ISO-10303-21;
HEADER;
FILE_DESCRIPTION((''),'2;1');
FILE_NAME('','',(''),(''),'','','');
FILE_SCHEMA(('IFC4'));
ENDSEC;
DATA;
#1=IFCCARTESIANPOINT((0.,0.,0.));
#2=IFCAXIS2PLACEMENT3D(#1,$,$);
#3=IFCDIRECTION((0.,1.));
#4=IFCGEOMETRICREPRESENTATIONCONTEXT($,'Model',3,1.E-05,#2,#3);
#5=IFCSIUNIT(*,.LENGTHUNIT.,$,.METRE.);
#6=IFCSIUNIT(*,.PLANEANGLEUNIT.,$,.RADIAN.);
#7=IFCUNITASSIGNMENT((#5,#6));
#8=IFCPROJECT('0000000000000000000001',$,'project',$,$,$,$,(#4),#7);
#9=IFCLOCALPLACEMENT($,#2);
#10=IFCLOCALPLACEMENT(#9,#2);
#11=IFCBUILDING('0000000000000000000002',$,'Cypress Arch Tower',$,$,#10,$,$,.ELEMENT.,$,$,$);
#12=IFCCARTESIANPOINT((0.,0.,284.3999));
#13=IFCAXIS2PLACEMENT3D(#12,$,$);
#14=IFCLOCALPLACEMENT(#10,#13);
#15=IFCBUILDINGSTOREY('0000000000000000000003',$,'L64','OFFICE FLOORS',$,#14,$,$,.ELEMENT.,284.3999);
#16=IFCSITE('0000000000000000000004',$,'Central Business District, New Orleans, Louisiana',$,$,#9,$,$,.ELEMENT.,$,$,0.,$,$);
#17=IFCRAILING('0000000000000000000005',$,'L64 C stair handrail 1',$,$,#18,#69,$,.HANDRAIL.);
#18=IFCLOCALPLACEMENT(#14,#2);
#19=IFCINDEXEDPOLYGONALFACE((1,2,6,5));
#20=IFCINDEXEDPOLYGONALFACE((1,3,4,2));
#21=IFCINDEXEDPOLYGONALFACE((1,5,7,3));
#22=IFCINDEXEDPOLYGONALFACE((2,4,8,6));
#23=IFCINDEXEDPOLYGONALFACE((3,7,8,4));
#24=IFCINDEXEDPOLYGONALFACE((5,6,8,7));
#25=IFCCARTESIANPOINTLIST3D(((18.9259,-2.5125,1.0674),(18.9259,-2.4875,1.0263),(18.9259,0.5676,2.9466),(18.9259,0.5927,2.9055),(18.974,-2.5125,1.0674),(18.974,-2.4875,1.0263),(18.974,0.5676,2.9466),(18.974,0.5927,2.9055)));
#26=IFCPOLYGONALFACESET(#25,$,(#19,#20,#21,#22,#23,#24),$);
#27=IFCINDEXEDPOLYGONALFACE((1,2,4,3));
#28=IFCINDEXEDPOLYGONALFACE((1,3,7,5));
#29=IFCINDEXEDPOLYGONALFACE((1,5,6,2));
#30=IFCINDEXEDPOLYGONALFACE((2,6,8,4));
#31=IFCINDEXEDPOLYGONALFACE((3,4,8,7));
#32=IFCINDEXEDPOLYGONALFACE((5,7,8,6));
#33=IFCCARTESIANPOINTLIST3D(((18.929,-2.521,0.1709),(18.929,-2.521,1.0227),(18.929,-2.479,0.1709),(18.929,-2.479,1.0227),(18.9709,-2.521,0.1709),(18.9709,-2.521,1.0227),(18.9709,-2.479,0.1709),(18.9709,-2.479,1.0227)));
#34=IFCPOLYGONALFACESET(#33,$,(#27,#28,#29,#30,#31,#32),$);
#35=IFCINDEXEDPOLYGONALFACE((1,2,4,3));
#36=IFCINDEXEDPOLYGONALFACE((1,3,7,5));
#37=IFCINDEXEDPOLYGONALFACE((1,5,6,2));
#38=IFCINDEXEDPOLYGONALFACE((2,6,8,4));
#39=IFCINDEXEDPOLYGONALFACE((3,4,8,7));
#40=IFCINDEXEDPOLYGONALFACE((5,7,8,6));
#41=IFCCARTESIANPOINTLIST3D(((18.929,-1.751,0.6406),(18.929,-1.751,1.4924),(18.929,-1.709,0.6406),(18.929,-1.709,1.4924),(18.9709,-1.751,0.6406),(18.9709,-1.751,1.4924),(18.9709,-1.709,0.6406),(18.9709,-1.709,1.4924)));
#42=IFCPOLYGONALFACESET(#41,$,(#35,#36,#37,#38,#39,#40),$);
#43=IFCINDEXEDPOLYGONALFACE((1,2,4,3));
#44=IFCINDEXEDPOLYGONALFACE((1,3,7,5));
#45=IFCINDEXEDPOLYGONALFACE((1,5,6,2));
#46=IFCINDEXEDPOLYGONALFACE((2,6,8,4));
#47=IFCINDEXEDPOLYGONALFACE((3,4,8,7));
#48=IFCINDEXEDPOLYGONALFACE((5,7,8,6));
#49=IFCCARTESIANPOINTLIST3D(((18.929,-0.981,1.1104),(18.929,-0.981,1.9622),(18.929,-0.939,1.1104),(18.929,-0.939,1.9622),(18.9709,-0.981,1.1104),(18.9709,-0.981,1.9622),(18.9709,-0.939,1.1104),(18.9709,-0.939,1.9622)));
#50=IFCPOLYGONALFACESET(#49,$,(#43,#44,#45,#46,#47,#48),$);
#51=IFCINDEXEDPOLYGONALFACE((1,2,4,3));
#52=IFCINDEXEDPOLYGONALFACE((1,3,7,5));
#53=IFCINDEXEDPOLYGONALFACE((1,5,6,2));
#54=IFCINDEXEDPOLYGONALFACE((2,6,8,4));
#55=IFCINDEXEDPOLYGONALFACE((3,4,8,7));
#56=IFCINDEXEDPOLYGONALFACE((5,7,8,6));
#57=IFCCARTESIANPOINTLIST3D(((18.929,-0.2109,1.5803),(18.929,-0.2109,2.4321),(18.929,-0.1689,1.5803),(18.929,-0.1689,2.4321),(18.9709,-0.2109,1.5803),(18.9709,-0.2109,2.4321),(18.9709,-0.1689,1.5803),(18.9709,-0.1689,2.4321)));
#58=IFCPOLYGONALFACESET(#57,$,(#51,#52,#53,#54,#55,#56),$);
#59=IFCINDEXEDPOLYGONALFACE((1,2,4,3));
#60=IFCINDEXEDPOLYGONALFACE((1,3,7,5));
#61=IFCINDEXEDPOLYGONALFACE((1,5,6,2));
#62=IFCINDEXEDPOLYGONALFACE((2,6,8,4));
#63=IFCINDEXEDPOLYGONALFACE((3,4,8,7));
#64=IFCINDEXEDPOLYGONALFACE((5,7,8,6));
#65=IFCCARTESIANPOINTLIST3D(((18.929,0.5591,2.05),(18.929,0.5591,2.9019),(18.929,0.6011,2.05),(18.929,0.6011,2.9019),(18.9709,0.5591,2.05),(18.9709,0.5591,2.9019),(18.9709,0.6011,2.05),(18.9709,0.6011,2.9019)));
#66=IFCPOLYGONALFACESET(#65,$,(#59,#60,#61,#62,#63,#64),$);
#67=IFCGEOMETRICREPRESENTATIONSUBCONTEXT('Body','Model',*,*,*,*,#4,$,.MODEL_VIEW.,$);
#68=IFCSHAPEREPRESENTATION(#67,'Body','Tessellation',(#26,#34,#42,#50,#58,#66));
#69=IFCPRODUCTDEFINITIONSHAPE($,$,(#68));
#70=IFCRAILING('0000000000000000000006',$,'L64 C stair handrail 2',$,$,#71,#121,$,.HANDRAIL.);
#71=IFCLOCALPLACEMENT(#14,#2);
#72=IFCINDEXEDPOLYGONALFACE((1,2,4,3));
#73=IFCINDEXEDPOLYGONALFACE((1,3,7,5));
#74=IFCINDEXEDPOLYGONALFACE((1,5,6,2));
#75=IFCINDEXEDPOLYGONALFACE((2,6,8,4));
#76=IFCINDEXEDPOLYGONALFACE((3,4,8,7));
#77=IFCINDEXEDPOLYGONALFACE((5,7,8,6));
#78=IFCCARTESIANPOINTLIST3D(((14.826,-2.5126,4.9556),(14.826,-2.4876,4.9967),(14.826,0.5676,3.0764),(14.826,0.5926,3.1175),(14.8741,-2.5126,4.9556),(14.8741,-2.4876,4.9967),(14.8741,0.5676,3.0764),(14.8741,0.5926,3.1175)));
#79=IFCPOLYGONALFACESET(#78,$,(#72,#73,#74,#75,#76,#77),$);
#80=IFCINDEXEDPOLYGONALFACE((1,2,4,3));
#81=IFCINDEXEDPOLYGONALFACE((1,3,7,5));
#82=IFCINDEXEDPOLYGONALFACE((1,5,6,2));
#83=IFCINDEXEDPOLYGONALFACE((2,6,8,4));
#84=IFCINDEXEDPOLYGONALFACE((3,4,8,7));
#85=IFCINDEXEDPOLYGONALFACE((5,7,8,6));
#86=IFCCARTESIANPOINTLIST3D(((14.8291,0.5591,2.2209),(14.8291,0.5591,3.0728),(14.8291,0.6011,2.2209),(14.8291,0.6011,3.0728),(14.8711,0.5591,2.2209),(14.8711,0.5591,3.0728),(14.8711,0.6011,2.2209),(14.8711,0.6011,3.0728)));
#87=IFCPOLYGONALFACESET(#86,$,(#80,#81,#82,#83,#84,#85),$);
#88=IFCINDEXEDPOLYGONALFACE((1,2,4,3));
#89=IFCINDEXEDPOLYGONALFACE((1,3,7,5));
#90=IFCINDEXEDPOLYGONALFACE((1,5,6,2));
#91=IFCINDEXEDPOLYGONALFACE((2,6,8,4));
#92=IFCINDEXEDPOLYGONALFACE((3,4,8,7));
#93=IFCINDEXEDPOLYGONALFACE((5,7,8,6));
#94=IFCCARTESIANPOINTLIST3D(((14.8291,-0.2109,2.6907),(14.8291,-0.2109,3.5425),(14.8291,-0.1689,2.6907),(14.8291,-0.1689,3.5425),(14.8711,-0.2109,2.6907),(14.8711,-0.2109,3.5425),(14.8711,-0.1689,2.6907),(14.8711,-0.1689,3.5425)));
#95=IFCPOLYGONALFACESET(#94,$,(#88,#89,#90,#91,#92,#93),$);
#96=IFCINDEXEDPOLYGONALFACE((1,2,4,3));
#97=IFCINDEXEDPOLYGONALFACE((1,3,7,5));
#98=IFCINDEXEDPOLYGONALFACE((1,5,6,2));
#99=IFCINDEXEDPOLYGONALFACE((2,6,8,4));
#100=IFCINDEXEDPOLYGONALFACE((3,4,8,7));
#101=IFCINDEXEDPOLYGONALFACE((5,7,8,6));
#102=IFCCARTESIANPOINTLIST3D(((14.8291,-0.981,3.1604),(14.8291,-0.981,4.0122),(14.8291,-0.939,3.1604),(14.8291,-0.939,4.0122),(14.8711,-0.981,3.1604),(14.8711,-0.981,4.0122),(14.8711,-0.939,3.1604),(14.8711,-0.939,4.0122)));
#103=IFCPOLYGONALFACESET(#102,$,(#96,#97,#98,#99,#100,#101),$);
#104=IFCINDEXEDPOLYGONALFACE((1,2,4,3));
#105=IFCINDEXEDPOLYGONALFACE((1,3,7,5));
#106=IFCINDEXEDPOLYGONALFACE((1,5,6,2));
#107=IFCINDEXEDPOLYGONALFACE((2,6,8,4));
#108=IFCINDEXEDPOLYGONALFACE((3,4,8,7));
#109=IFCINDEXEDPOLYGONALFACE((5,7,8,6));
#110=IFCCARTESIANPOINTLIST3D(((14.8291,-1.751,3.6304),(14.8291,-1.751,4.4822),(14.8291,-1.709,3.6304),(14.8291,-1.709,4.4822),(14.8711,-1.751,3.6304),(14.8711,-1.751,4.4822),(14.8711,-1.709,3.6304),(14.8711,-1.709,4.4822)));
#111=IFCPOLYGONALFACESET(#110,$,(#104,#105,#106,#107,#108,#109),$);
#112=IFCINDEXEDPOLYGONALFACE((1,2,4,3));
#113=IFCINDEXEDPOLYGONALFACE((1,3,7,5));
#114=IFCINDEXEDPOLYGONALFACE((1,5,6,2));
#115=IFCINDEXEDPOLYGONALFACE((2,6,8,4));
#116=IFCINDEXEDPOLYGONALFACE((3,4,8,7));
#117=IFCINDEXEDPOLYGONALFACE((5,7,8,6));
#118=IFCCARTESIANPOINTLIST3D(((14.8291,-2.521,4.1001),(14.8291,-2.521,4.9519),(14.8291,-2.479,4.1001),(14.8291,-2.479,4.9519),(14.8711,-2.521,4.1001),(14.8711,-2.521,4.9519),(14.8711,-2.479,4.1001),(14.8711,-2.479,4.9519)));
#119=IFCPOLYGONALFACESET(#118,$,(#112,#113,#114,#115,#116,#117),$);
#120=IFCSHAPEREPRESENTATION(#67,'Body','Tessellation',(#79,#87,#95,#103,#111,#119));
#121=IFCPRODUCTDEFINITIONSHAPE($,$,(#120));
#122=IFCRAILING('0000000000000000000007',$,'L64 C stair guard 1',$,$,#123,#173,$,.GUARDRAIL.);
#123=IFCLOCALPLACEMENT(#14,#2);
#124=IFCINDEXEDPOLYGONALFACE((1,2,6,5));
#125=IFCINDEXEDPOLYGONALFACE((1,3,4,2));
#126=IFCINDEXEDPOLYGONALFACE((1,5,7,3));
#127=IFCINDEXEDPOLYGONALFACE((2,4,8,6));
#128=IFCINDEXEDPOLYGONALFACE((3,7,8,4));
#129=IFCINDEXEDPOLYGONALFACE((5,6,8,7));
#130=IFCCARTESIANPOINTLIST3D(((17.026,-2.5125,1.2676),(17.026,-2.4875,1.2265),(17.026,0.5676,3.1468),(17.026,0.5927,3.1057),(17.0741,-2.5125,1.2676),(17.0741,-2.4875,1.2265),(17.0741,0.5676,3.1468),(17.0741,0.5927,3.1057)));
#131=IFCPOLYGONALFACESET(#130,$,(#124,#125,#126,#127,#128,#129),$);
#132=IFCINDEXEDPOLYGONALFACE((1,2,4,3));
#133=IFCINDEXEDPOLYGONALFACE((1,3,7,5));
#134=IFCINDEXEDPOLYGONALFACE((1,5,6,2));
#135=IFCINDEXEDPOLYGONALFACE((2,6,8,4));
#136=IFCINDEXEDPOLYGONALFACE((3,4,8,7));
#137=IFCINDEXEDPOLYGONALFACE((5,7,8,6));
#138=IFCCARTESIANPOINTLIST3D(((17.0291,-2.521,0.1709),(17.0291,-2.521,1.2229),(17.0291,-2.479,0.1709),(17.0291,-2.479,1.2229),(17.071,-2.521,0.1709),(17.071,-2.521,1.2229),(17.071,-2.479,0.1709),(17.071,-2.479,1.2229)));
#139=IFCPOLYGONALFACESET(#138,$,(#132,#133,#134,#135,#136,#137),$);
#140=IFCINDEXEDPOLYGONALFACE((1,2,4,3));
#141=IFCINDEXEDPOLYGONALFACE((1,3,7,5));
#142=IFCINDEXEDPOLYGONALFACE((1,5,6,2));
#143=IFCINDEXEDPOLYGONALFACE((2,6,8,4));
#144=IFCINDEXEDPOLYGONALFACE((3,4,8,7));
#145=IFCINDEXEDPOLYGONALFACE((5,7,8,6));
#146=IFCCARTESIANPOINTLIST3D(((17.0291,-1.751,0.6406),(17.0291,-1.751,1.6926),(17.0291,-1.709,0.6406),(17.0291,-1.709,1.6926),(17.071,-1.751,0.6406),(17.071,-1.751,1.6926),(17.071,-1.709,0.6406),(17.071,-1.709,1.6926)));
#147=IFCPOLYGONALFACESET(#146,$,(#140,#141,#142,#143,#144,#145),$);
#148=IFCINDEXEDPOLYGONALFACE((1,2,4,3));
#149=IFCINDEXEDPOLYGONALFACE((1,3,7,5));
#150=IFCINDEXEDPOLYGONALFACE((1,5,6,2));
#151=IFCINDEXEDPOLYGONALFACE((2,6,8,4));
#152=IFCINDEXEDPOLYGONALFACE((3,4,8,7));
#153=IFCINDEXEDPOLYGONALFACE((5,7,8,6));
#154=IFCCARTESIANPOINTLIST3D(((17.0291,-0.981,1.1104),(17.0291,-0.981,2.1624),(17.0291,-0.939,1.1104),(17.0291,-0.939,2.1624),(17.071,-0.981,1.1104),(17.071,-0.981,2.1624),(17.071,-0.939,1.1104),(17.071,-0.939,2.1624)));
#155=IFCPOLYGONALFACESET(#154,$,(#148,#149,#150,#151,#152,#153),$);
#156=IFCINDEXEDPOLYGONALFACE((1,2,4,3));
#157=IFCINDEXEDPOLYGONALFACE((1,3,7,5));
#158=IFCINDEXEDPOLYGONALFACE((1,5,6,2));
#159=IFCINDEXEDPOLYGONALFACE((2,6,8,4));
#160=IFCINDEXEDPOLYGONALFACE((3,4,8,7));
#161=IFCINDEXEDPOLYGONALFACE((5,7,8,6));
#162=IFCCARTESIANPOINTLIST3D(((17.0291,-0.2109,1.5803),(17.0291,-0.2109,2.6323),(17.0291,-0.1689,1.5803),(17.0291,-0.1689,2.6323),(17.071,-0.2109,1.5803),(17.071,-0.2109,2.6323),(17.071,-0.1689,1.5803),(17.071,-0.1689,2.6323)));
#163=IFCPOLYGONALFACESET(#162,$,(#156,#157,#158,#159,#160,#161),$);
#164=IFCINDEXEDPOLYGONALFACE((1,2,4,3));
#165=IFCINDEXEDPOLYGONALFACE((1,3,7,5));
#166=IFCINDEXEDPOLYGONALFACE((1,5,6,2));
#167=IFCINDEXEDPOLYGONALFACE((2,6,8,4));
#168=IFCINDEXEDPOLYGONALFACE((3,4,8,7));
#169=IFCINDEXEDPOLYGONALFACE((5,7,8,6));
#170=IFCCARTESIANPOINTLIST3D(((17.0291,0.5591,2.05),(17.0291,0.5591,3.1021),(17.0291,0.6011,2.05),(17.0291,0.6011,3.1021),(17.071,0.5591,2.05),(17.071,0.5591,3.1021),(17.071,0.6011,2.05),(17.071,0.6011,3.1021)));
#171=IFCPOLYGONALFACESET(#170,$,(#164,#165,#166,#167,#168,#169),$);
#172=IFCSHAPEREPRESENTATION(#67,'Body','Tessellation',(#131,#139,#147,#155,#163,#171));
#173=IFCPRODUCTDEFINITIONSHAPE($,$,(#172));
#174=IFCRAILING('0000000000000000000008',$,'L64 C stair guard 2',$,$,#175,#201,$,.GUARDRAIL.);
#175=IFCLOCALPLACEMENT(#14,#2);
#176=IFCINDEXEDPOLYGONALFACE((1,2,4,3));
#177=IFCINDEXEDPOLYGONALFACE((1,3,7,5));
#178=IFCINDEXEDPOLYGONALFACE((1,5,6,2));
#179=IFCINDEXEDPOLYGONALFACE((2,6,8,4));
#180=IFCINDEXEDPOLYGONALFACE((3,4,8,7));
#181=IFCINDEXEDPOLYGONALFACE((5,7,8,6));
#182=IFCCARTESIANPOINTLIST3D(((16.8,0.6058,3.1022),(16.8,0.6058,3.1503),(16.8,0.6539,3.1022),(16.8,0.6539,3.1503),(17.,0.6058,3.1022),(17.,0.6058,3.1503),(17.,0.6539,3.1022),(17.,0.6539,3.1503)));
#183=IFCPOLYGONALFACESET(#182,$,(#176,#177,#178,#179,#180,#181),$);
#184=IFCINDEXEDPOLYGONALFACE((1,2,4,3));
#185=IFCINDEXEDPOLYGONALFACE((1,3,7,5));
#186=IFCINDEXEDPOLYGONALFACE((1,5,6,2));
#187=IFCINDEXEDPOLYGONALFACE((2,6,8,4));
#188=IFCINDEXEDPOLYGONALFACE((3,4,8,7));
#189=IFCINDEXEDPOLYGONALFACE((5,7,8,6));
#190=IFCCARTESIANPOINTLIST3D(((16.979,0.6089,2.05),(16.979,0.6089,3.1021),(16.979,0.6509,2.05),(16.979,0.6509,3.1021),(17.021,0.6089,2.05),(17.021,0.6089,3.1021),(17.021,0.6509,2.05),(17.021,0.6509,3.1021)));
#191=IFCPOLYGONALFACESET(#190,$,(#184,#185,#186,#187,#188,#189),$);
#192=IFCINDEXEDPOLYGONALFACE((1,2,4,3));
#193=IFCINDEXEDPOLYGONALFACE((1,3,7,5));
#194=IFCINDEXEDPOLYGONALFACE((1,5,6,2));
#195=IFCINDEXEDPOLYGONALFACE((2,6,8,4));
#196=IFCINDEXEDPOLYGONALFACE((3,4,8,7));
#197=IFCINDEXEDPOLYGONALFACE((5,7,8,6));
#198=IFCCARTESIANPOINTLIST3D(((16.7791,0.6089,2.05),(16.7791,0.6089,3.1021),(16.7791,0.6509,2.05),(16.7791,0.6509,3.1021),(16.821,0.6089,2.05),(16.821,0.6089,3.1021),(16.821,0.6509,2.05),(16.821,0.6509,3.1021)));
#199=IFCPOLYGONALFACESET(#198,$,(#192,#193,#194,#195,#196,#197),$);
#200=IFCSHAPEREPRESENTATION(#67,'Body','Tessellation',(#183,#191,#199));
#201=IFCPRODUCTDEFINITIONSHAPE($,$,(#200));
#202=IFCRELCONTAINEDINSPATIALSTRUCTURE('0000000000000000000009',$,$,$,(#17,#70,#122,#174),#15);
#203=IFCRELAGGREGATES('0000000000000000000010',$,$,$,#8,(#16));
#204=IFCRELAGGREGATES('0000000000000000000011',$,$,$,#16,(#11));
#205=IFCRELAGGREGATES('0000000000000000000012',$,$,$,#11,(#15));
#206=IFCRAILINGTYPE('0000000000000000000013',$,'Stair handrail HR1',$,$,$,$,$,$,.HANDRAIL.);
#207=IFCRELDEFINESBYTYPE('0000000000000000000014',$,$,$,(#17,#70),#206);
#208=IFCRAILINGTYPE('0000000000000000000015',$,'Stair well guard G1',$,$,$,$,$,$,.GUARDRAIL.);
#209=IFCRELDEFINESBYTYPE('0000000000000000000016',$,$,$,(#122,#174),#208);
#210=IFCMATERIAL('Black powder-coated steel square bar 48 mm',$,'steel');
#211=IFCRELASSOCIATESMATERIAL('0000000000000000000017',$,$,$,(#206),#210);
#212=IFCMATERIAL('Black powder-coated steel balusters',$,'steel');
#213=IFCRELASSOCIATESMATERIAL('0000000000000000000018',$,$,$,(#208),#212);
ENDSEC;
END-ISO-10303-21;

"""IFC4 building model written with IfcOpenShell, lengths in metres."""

from ifc_helpers import new_model, si_unit, direction, frame, origin, origin_2d, place, context, subcontext, project, spatial, rectangle, extrude, material, type_object, element, save


model = new_model("IFC4")

# Units and contexts
model_context = context("Model", 3, precision=1e-05, world=origin(), true_north=direction((0.0, 1.0)))
body_context = subcontext(model_context, "Body", "Model", "MODEL_VIEW")
ifc_project = project(units=[si_unit("LENGTHUNIT", "METRE"), si_unit("PLANEANGLEUNIT", "RADIAN")], contexts=[model_context])

# Site, building, storey
site_placement = place(None, origin())
site = spatial("IfcSite", under=ifc_project, at=site_placement, Name="Central Business District, New Orleans, Louisiana", CompositionType="ELEMENT", RefElevation=0.0)
building_placement = place(site_placement, origin())
building = spatial("IfcBuilding", under=site, at=building_placement, Name="Cypress Arch Tower", CompositionType="ELEMENT")
storey_placement = place(building_placement, frame((0.0, 0.0, 284.3999)))
storey = spatial("IfcBuildingStorey", under=building, at=storey_placement, Name="L64", Description="OFFICE FLOORS", CompositionType="ELEMENT", Elevation=284.3999)

# Railings
ifc_material_1 = material(Name="Black powder-coated steel square bar 48 mm", Category="steel")
railing_type_1 = type_object("IfcRailingType", Name="Stair handrail HR1", PredefinedType="HANDRAIL", material=ifc_material_1)
railing_1_placement = place(storey_placement, frame((18.95, -2.5, 0.1709)))
element("IfcRailing", 1, at=railing_1_placement, inside=storey, type_object=railing_type_1, Name="L64 C stair handrail 1", PredefinedType="HANDRAIL", context=body_context, shape_type="SweptSolid", body=[
    extrude(rectangle(XDim=0.0481, YDim=0.0481, at=origin_2d()), frame((0.0, 0.0, 0.876), z_axis=(0.0, 0.853666, 0.52082), x_axis=(-1.0, 0.0, 0.0)), (0.0, 0.0, 1.0), 3.6082),
    extrude(rectangle(XDim=0.042, YDim=0.042, at=origin_2d()), origin(), (0.0, 0.0, 1.0), 0.8518),
    extrude(rectangle(XDim=0.042, YDim=0.042, at=origin_2d()), frame((0.0, 0.77, 0.4697)), (0.0, 0.0, 1.0), 0.8518),
    extrude(rectangle(XDim=0.042, YDim=0.042, at=origin_2d()), frame((0.0, 1.54, 0.9395)), (0.0, 0.0, 1.0), 0.8518),
    extrude(rectangle(XDim=0.042, YDim=0.042, at=origin_2d()), frame((0.0, 2.3101, 1.4094)), (0.0, 0.0, 1.0), 0.8518),
    extrude(rectangle(XDim=0.042, YDim=0.042, at=origin_2d()), frame((0.0, 3.0801, 1.8792)), (0.0, 0.0, 1.0), 0.8518),
])
railing_2_placement = place(storey_placement, frame((14.8501, 0.5801, 2.2209)))
element("IfcRailing", 2, at=railing_2_placement, inside=storey, type_object=railing_type_1, Name="L64 C stair handrail 2", PredefinedType="HANDRAIL", context=body_context, shape_type="SweptSolid", body=[
    extrude(rectangle(XDim=0.0481, YDim=0.0481, at=origin_2d()), frame((0.0, 0.0, 0.876), z_axis=(0.0, -0.853666, 0.52082), x_axis=(1.0, 0.0, 0.0)), (0.0, 0.0, 1.0), 3.6082),
    extrude(rectangle(XDim=0.042, YDim=0.042, at=origin_2d()), origin(), (0.0, 0.0, 1.0), 0.8518),
    extrude(rectangle(XDim=0.042, YDim=0.042, at=origin_2d()), frame((0.0, -0.77, 0.4697)), (0.0, 0.0, 1.0), 0.8518),
    extrude(rectangle(XDim=0.042, YDim=0.042, at=origin_2d()), frame((0.0, -1.54, 0.9395)), (0.0, 0.0, 1.0), 0.8518),
    extrude(rectangle(XDim=0.042, YDim=0.042, at=origin_2d()), frame((0.0, -2.3101, 1.4094)), (0.0, 0.0, 1.0), 0.8518),
    extrude(rectangle(XDim=0.042, YDim=0.042, at=origin_2d()), frame((0.0, -3.0801, 1.8792)), (0.0, 0.0, 1.0), 0.8518),
])
ifc_material_2 = material(Name="Black powder-coated steel balusters", Category="steel")
railing_type_2 = type_object("IfcRailingType", Name="Stair well guard G1", PredefinedType="GUARDRAIL", material=ifc_material_2)
railing_3_placement = place(storey_placement, frame((17.05, -2.5, 0.1709)))
element("IfcRailing", 3, at=railing_3_placement, inside=storey, type_object=railing_type_2, Name="L64 C stair guard 1", PredefinedType="GUARDRAIL", context=body_context, shape_type="SweptSolid", body=[
    extrude(rectangle(XDim=0.0481, YDim=0.0481, at=origin_2d()), frame((0.0, 0.0, 1.0762), z_axis=(0.0, 0.853666, 0.52082), x_axis=(-1.0, 0.0, 0.0)), (0.0, 0.0, 1.0), 3.6082),
    extrude(rectangle(XDim=0.042, YDim=0.042, at=origin_2d()), origin(), (0.0, 0.0, 1.0), 1.052),
    extrude(rectangle(XDim=0.042, YDim=0.042, at=origin_2d()), frame((0.0, 0.77, 0.4697)), (0.0, 0.0, 1.0), 1.052),
    extrude(rectangle(XDim=0.042, YDim=0.042, at=origin_2d()), frame((0.0, 1.54, 0.9395)), (0.0, 0.0, 1.0), 1.052),
    extrude(rectangle(XDim=0.042, YDim=0.042, at=origin_2d()), frame((0.0, 2.3101, 1.4094)), (0.0, 0.0, 1.0), 1.052),
    extrude(rectangle(XDim=0.042, YDim=0.042, at=origin_2d()), frame((0.0, 3.0801, 1.8792)), (0.0, 0.0, 1.0), 1.052),
])
railing_4_placement = place(storey_placement, frame((17.0, 0.6299, 2.05)))
element("IfcRailing", 4, at=railing_4_placement, inside=storey, type_object=railing_type_2, Name="L64 C stair guard 2", PredefinedType="GUARDRAIL", context=body_context, shape_type="SweptSolid", body=[
    extrude(rectangle(XDim=0.0481, YDim=0.0481, at=origin_2d()), frame((0.0, 0.0, 1.0762), z_axis=(-1.0, 0.0, 0.0), x_axis=(0.0, -1.0, 0.0)), (0.0, 0.0, 1.0), 0.2),
    extrude(rectangle(XDim=0.042, YDim=0.042, at=origin_2d()), origin(), (0.0, 0.0, 1.0), 1.052),
    extrude(rectangle(XDim=0.042, YDim=0.042, at=origin_2d()), frame((-0.2, 0.0, 0.0)), (0.0, 0.0, 1.0), 1.052),
])

save(model, "model.ifc")
